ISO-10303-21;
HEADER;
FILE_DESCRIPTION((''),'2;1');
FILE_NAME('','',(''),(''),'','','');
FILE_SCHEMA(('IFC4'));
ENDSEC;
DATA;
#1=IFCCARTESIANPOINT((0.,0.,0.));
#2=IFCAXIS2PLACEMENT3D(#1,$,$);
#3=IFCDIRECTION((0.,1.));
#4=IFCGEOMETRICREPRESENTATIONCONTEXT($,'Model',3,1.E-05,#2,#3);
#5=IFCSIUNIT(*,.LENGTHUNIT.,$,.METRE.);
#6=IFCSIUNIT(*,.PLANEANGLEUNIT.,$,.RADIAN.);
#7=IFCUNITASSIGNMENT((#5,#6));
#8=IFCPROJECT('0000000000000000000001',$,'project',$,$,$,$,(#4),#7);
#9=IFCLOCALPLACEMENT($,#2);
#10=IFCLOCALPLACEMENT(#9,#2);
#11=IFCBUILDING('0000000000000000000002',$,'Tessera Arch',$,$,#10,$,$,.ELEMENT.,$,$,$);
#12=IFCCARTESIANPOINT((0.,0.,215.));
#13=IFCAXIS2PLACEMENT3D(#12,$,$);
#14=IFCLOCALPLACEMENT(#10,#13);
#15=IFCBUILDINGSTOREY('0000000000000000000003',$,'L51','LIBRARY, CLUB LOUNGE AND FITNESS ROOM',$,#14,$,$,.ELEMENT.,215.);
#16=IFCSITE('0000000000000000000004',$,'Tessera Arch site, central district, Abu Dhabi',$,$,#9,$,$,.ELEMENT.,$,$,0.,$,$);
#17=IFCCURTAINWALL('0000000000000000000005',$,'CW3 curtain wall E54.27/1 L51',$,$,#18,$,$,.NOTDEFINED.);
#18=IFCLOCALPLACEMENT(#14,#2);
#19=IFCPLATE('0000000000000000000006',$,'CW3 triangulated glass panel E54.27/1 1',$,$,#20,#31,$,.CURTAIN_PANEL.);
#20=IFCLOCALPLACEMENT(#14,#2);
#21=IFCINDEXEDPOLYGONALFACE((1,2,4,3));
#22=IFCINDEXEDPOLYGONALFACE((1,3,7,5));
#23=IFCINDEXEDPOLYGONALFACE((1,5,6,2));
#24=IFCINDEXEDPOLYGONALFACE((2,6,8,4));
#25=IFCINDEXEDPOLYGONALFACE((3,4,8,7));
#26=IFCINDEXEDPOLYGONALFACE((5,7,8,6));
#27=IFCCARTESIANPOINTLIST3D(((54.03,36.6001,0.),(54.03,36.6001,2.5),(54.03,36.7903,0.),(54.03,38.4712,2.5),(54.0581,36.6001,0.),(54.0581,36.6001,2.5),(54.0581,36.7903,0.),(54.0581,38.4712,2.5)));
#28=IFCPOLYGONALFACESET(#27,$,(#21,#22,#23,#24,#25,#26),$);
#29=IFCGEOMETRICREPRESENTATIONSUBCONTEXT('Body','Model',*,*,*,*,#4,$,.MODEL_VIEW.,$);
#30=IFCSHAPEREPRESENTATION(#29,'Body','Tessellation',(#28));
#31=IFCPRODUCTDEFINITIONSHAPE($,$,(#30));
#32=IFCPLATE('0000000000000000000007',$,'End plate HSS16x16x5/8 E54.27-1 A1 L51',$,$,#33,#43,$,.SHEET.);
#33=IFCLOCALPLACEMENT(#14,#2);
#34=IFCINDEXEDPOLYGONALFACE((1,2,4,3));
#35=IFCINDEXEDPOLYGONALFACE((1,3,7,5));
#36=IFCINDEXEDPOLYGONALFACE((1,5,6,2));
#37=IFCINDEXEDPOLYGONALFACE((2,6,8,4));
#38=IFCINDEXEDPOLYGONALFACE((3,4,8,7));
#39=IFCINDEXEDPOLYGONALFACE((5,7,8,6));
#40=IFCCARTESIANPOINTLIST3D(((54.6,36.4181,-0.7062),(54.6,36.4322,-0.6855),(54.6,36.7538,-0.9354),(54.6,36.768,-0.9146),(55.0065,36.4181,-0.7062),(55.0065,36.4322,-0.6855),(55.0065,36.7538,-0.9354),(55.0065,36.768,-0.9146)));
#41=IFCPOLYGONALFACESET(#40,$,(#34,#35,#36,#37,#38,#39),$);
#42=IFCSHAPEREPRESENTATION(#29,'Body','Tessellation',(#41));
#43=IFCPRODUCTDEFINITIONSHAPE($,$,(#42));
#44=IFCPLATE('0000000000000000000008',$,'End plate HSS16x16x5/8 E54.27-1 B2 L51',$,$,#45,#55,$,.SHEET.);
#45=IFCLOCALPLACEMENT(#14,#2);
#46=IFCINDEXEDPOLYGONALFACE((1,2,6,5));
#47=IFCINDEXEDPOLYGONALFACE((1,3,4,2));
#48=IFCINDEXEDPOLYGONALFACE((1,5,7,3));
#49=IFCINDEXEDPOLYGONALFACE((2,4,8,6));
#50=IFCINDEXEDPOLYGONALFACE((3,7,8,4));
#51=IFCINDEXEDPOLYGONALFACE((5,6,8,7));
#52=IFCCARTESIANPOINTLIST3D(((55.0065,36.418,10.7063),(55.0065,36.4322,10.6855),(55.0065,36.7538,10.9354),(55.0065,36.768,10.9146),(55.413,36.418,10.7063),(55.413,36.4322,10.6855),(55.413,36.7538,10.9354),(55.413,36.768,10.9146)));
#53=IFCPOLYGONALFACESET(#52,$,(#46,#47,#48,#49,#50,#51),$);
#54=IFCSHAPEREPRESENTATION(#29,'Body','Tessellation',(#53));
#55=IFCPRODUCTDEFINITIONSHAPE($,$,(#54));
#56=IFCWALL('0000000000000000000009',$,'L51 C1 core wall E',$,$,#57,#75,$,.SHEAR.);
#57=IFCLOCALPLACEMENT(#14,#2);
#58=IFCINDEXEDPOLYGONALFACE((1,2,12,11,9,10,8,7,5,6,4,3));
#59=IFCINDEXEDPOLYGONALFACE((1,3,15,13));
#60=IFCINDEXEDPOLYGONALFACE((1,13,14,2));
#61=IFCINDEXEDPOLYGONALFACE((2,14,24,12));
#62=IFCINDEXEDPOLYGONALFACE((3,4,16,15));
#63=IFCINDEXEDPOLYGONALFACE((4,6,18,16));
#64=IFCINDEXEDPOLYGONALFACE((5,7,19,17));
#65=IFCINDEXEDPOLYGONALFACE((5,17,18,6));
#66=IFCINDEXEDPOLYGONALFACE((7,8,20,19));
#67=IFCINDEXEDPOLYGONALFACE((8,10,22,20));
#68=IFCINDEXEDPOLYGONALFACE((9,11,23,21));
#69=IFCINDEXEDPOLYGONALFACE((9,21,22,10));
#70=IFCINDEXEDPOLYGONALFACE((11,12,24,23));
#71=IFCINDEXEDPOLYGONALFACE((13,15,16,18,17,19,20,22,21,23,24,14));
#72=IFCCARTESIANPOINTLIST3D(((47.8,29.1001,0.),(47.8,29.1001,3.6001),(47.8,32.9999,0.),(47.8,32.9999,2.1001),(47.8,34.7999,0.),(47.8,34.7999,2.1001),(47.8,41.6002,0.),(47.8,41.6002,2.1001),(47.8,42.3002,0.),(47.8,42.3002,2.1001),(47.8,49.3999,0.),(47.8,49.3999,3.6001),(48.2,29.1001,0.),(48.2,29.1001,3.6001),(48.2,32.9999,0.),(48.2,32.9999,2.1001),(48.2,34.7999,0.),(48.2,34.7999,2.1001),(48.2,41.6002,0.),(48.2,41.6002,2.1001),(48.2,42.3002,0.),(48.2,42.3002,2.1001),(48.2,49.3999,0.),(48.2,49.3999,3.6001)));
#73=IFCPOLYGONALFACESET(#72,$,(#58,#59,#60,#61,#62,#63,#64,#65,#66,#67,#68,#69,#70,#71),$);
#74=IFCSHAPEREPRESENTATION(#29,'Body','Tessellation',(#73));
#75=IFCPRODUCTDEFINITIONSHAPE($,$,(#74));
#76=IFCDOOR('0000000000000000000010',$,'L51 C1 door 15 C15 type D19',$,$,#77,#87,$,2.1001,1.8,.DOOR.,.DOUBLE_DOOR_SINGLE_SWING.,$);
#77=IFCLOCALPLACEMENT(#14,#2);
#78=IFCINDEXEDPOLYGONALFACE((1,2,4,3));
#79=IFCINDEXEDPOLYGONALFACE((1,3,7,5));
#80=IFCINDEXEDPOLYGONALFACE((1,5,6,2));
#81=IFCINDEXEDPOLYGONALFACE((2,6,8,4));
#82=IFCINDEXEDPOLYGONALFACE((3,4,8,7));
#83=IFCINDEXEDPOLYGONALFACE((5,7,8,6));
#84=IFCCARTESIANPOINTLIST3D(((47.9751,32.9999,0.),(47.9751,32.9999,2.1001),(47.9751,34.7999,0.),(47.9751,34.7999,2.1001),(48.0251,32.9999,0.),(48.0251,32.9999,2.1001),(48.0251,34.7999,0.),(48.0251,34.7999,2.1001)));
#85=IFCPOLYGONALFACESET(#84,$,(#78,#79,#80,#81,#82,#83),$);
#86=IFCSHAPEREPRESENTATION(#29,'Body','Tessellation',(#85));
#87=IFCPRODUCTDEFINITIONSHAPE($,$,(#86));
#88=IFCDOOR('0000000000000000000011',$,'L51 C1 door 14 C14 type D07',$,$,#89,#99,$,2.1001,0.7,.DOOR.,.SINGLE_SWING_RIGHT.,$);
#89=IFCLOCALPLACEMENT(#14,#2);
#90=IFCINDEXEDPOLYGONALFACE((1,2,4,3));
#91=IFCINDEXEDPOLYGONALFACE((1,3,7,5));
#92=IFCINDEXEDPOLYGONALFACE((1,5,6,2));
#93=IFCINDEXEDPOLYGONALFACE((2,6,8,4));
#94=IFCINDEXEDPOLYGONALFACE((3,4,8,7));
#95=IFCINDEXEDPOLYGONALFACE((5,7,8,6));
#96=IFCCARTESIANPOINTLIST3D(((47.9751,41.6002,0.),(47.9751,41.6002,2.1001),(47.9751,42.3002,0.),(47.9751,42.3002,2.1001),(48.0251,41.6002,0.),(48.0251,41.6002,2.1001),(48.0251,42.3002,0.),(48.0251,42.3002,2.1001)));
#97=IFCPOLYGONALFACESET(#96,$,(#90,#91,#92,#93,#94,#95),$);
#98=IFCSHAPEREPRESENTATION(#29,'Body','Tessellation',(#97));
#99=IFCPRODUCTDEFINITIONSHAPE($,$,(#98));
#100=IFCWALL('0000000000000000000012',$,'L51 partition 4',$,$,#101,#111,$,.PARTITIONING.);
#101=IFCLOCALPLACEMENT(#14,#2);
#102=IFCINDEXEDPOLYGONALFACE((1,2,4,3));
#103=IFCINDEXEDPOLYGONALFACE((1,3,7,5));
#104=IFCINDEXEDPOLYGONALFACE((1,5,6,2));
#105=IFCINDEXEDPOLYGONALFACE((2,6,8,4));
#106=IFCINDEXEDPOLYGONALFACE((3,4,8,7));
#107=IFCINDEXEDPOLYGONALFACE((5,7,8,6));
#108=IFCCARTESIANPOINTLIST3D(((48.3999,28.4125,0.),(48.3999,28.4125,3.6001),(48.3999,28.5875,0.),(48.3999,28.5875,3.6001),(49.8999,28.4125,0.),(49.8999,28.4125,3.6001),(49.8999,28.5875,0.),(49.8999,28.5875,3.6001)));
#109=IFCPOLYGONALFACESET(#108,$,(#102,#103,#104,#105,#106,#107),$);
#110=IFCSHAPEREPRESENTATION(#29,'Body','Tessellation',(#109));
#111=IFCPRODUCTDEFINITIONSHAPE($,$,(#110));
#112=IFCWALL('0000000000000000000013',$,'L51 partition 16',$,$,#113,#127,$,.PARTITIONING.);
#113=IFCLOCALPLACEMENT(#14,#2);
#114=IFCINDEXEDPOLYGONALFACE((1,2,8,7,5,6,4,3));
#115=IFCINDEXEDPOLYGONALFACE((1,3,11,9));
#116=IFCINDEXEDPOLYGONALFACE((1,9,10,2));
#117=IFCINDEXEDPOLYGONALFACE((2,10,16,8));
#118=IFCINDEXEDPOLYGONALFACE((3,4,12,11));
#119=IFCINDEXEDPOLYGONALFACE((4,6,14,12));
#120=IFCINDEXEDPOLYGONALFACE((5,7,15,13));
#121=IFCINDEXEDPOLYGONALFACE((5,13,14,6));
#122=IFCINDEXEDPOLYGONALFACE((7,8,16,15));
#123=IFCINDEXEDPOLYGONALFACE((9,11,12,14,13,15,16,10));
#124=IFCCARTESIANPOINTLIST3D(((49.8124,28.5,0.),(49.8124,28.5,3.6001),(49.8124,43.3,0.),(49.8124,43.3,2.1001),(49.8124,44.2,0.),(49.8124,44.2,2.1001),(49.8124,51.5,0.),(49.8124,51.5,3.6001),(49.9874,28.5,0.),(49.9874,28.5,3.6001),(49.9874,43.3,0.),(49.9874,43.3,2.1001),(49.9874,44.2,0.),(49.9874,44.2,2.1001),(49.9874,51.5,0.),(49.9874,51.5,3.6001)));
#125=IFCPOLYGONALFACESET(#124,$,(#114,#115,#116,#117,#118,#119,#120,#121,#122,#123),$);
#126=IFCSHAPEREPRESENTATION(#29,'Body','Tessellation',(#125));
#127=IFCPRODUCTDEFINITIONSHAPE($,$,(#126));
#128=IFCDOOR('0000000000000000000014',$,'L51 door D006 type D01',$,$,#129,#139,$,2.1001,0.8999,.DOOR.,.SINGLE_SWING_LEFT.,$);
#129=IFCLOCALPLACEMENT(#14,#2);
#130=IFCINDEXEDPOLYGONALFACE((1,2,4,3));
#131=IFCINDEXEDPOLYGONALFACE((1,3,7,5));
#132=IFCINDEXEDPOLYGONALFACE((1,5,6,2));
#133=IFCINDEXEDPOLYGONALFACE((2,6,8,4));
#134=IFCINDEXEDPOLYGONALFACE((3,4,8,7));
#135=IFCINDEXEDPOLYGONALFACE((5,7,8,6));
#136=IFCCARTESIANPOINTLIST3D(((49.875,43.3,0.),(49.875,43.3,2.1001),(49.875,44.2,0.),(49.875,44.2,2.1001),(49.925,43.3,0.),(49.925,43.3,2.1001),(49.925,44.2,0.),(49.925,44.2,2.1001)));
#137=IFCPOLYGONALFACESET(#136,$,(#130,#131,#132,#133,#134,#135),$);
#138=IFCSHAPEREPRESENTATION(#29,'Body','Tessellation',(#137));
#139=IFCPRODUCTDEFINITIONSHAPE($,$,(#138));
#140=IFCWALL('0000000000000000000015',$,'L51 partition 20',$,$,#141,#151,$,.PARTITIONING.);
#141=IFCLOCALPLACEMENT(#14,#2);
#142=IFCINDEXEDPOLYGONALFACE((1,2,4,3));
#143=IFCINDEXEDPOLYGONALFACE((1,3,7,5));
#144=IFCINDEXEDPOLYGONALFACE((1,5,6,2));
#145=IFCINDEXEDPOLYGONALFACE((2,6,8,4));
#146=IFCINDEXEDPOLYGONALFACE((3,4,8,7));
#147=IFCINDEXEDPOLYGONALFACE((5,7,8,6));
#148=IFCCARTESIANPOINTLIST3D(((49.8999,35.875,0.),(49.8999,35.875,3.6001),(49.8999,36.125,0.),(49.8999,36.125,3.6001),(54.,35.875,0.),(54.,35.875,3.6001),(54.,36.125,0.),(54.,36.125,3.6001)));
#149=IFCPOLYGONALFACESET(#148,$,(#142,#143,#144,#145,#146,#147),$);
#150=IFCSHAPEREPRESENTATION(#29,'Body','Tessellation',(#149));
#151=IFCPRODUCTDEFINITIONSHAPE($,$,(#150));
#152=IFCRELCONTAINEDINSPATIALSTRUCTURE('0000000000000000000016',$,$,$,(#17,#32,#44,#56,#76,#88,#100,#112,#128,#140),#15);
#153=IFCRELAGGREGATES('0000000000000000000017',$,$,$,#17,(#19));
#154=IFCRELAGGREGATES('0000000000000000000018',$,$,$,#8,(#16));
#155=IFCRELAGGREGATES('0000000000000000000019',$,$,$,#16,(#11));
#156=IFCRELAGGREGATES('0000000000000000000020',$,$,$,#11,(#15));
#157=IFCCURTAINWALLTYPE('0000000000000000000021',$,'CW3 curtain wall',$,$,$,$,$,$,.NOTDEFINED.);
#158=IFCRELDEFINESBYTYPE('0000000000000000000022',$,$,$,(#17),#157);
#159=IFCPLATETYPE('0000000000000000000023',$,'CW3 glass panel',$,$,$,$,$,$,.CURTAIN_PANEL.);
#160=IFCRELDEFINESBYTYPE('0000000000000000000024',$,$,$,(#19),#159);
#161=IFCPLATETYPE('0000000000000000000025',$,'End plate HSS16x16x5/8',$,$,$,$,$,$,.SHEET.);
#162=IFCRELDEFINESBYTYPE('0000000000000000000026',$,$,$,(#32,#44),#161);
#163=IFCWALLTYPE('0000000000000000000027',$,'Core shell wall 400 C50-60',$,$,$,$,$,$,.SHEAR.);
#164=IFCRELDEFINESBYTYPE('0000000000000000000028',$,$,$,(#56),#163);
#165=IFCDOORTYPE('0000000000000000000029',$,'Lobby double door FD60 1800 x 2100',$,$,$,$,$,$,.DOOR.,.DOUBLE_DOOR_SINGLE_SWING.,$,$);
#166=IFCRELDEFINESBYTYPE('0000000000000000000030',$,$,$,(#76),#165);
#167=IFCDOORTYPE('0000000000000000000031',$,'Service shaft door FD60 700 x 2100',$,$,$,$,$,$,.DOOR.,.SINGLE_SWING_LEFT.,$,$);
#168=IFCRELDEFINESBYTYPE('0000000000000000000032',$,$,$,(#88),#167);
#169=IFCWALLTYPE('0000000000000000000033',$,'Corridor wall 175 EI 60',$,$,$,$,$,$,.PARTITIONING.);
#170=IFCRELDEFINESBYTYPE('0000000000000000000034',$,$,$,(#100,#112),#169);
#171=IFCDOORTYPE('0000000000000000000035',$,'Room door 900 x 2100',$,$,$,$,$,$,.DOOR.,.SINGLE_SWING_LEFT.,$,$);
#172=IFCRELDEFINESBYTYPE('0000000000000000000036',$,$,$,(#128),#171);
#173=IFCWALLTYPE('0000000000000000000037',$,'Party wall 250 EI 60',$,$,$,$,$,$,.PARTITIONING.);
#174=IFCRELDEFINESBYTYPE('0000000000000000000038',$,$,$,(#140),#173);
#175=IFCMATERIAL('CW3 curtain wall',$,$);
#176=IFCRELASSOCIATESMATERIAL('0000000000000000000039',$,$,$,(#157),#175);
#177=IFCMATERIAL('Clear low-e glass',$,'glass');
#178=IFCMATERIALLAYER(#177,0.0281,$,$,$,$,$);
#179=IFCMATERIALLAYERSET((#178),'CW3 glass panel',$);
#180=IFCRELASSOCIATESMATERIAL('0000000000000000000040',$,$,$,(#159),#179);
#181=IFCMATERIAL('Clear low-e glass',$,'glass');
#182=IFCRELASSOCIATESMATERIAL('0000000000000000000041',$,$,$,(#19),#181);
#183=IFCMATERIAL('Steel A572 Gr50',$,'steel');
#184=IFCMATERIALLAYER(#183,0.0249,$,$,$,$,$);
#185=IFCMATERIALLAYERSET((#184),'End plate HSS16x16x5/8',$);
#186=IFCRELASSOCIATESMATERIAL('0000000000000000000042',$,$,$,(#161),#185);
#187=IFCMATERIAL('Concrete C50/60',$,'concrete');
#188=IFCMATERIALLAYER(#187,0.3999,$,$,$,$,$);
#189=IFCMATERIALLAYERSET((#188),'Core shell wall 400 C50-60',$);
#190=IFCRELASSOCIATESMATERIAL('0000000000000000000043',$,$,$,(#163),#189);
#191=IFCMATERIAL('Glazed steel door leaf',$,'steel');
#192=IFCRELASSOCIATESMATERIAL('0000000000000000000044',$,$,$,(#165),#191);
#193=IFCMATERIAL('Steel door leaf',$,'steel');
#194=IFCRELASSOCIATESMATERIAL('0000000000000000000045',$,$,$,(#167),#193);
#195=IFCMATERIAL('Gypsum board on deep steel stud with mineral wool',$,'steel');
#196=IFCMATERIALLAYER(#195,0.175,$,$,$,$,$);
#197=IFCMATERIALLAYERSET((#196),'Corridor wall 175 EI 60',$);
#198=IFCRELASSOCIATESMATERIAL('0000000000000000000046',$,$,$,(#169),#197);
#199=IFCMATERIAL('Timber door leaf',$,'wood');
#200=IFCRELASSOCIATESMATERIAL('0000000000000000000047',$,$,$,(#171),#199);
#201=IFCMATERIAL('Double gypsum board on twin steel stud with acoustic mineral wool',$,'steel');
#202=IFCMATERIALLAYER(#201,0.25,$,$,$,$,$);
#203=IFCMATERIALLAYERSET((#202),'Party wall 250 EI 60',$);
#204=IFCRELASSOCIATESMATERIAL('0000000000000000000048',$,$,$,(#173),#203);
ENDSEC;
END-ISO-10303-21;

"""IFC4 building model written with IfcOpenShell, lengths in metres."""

from ifc_helpers import new_model, si_unit, direction, frame, frame_2d, origin, origin_2d, place, context, subcontext, project, spatial, polyline, rectangle, outline, extrude, material, layer, layer_set, type_object, element, fill, aggregate, save


model = new_model("IFC4")

# Units and contexts
model_context = context("Model", 3, precision=1e-05, world=origin(), true_north=direction((0.0, 1.0)))
body_context = subcontext(model_context, "Body", "Model", "MODEL_VIEW")
ifc_project = project(units=[si_unit("LENGTHUNIT", "METRE"), si_unit("PLANEANGLEUNIT", "RADIAN")], contexts=[model_context])

# Site, building, storey
site_placement = place(None, origin())
site = spatial("IfcSite", under=ifc_project, at=site_placement, Name="Tessera Arch site, central district, Abu Dhabi", CompositionType="ELEMENT", RefElevation=0.0)
building_placement = place(site_placement, origin())
building = spatial("IfcBuilding", under=site, at=building_placement, Name="Tessera Arch", CompositionType="ELEMENT")
storey_placement = place(building_placement, frame((0.0, 0.0, 215.0)))
storey = spatial("IfcBuildingStorey", under=building, at=storey_placement, Name="L51", Description="LIBRARY, CLUB LOUNGE AND FITNESS ROOM", CompositionType="ELEMENT", Elevation=215.0)

# Curtain wall
ifc_material_1 = material(Name="CW3 curtain wall")
curtain_wall_type_1 = type_object("IfcCurtainWallType", Name="CW3 curtain wall", PredefinedType="NOTDEFINED", material=ifc_material_1)
curtain_wall_1_placement = place(storey_placement, origin())
curtain_wall_1 = element("IfcCurtainWall", 1, at=curtain_wall_1_placement, inside=storey, type_object=curtain_wall_type_1, Name="CW3 curtain wall E54.27/1 L51", PredefinedType="NOTDEFINED")

# Plate
ifc_material_2 = material(Name="Clear low-e glass", Category="glass")
ifc_material_3 = material(Name="Clear low-e glass", Category="glass")
ifc_layer_1 = layer(ifc_material_3, 0.0281)
ifc_layer_set_1 = layer_set([ifc_layer_1], Name="CW3 glass panel")
plate_type_1 = type_object("IfcPlateType", Name="CW3 glass panel", PredefinedType="CURTAIN_PANEL", material=ifc_layer_set_1)
plate_1_placement = place(storey_placement, frame((54.0581, 36.6001, 0.0), z_axis=(1.0, 0.0, 0.0), x_axis=(0.0, 1.0, 0.0)))
plate_1 = element("IfcPlate", 2, at=plate_1_placement, type_object=plate_type_1, material=ifc_material_2, Name="CW3 triangulated glass panel E54.27/1 1", PredefinedType="CURTAIN_PANEL", context=body_context, shape_type="SweptSolid", body=[
    extrude(outline(polyline([(0.0, 0.0), (0.1902, 0.0), (1.8711, 2.5), (0.0, 2.5), (0.0, 0.0)])), origin(), (0.0, 0.0, -1.0), 0.0281),
])
aggregate(curtain_wall_1, [plate_1])

# Plates
ifc_material_4 = material(Name="Steel A572 Gr50", Category="steel")
ifc_layer_2 = layer(ifc_material_4, 0.0249)
ifc_layer_set_2 = layer_set([ifc_layer_2], Name="End plate HSS16x16x5/8")
plate_type_2 = type_object("IfcPlateType", Name="End plate HSS16x16x5/8", PredefinedType="SHEET", material=ifc_layer_set_2)
for number, where, z_axis, x_axis, name in (
    (3, (54.8032, 36.5859, -0.8208), (0.0, 0.563638, 0.826022), (-1.0, 0.0, 0.0), "End plate HSS16x16x5/8 E54.27-1 A1 L51"),
    (4, (55.2097, 36.6001, 10.8), (0.0, -0.563638, 0.826022), (1.0, 0.0, 0.0), "End plate HSS16x16x5/8 E54.27-1 B2 L51"),
):
    element("IfcPlate", number, at=place(storey_placement, frame(where, z_axis=z_axis, x_axis=x_axis)), inside=storey, type_object=plate_type_2, Name=name, PredefinedType="SHEET", context=body_context, shape_type="SweptSolid", body=[
        extrude(rectangle(XDim=0.4065, YDim=0.4065, at=origin_2d()), origin(), (0.0, 0.0, 1.0), 0.0251),
    ])

# Wall, openings, doors
ifc_material_5 = material(Name="Concrete C50/60", Category="concrete")
ifc_layer_3 = layer(ifc_material_5, 0.3999)
ifc_layer_set_3 = layer_set([ifc_layer_3], Name="Core shell wall 400 C50-60")
wall_type_1 = type_object("IfcWallType", Name="Core shell wall 400 C50-60", PredefinedType="SHEAR", material=ifc_layer_set_3)
wall_1_placement = place(storey_placement, frame((48.0, 29.1001, 0.0), z_axis=(0.0, 0.0, 1.0), x_axis=(0.0, 1.0, 0.0)))
wall_1 = element("IfcWall", 5, at=wall_1_placement, inside=storey, type_object=wall_type_1, Name="L51 C1 core wall E", PredefinedType="SHEAR", context=body_context, shape_type="SweptSolid", body=[
    extrude(rectangle(XDim=20.2998, YDim=0.3999, at=frame_2d((10.1499, 0.0))), origin(), (0.0, 0.0, 1.0), 3.6001),
])
opening_1_placement = place(wall_1_placement, frame((12.5, 0.0, 0.0)))
opening_1 = element("IfcOpeningElement", 6, at=opening_1_placement, cuts=wall_1, PredefinedType="OPENING", context=body_context, shape_type="SweptSolid", body=[
    extrude(rectangle(XDim=0.7, YDim=2.1001, at=frame_2d((0.3501, 1.05))), frame((0.0, 0.21, 0.0), z_axis=(0.0, -1.0, 0.0), x_axis=(1.0, 0.0, 0.0)), (0.0, 0.0, 1.0), 0.4199),
])
opening_2_placement = place(wall_1_placement, frame((3.8999, 0.0, 0.0)))
opening_2 = element("IfcOpeningElement", 7, at=opening_2_placement, cuts=wall_1, PredefinedType="OPENING", context=body_context, shape_type="SweptSolid", body=[
    extrude(rectangle(XDim=1.8, YDim=2.1001, at=frame_2d((0.8999, 1.05))), frame((0.0, 0.21, 0.0), z_axis=(0.0, -1.0, 0.0), x_axis=(1.0, 0.0, 0.0)), (0.0, 0.0, 1.0), 0.4199),
])
ifc_material_6 = material(Name="Glazed steel door leaf", Category="steel")
door_type_1 = type_object("IfcDoorType", Name="Lobby double door FD60 1800 x 2100", OperationType="DOUBLE_DOOR_SINGLE_SWING", PredefinedType="DOOR", material=ifc_material_6)
door_1_placement = place(opening_2_placement, origin())
door_1 = element("IfcDoor", 8, at=door_1_placement, inside=storey, type_object=door_type_1, Name="L51 C1 door 15 C15 type D19", OperationType="DOUBLE_DOOR_SINGLE_SWING", OverallHeight=2.1001, OverallWidth=1.8, PredefinedType="DOOR", context=body_context, shape_type="SweptSolid", body=[
    extrude(rectangle(XDim=1.8, YDim=2.1001, at=frame_2d((0.8999, 1.05))), frame((0.0, 0.0249, 0.0), z_axis=(0.0, -1.0, 0.0), x_axis=(1.0, 0.0, 0.0)), (0.0, 0.0, 1.0), 0.05),
])
fill(opening_2, door_1)
ifc_material_7 = material(Name="Steel door leaf", Category="steel")
door_type_2 = type_object("IfcDoorType", Name="Service shaft door FD60 700 x 2100", OperationType="SINGLE_SWING_LEFT", PredefinedType="DOOR", material=ifc_material_7)
door_2_placement = place(opening_1_placement, origin())
door_2 = element("IfcDoor", 9, at=door_2_placement, inside=storey, type_object=door_type_2, Name="L51 C1 door 14 C14 type D07", OperationType="SINGLE_SWING_RIGHT", OverallHeight=2.1001, OverallWidth=0.7, PredefinedType="DOOR", context=body_context, shape_type="SweptSolid", body=[
    extrude(rectangle(XDim=0.7, YDim=2.1001, at=frame_2d((0.3501, 1.05))), frame((0.0, 0.0249, 0.0), z_axis=(0.0, -1.0, 0.0), x_axis=(1.0, 0.0, 0.0)), (0.0, 0.0, 1.0), 0.05),
])
fill(opening_1, door_2)

# Wall
ifc_material_8 = material(Name="Gypsum board on deep steel stud with mineral wool", Category="steel")
ifc_layer_4 = layer(ifc_material_8, 0.175)
ifc_layer_set_4 = layer_set([ifc_layer_4], Name="Corridor wall 175 EI 60")
wall_type_2 = type_object("IfcWallType", Name="Corridor wall 175 EI 60", PredefinedType="PARTITIONING", material=ifc_layer_set_4)
wall_2_placement = place(storey_placement, frame((48.3999, 28.5, 0.0), z_axis=(0.0, 0.0, 1.0), x_axis=(1.0, 0.0, 0.0)))
element("IfcWall", 10, at=wall_2_placement, inside=storey, type_object=wall_type_2, Name="L51 partition 4", PredefinedType="PARTITIONING", context=body_context, shape_type="SweptSolid", body=[
    extrude(rectangle(XDim=1.5, YDim=0.175, at=frame_2d((0.75, 0.0))), origin(), (0.0, 0.0, 1.0), 3.6001),
])

# Wall, opening, door
wall_3_placement = place(storey_placement, frame((49.8999, 28.5, 0.0), z_axis=(0.0, 0.0, 1.0), x_axis=(0.0, 1.0, 0.0)))
wall_3 = element("IfcWall", 11, at=wall_3_placement, inside=storey, type_object=wall_type_2, Name="L51 partition 16", PredefinedType="PARTITIONING", context=body_context, shape_type="SweptSolid", body=[
    extrude(rectangle(XDim=23.0, YDim=0.175, at=frame_2d((11.5, 0.0))), origin(), (0.0, 0.0, 1.0), 3.6001),
])
opening_3_placement = place(wall_3_placement, frame((14.8, 0.0, 0.0)))
opening_3 = element("IfcOpeningElement", 12, at=opening_3_placement, cuts=wall_3, PredefinedType="OPENING", context=body_context, shape_type="SweptSolid", body=[
    extrude(rectangle(XDim=0.8999, YDim=2.1001, at=frame_2d((0.45, 1.05))), frame((0.0, 0.0974, 0.0), z_axis=(0.0, -1.0, 0.0), x_axis=(1.0, 0.0, 0.0)), (0.0, 0.0, 1.0), 0.1951),
])
ifc_material_9 = material(Name="Timber door leaf", Category="wood")
door_type_3 = type_object("IfcDoorType", Name="Room door 900 x 2100", OperationType="SINGLE_SWING_LEFT", PredefinedType="DOOR", material=ifc_material_9)
door_3_placement = place(opening_3_placement, origin())
door_3 = element("IfcDoor", 13, at=door_3_placement, inside=storey, type_object=door_type_3, Name="L51 door D006 type D01", OperationType="SINGLE_SWING_LEFT", OverallHeight=2.1001, OverallWidth=0.8999, PredefinedType="DOOR", context=body_context, shape_type="SweptSolid", body=[
    extrude(rectangle(XDim=0.8999, YDim=2.1001, at=frame_2d((0.45, 1.05))), frame((0.0, 0.0249, 0.0), z_axis=(0.0, -1.0, 0.0), x_axis=(1.0, 0.0, 0.0)), (0.0, 0.0, 1.0), 0.05),
])
fill(opening_3, door_3)

# Wall
ifc_material_10 = material(Name="Double gypsum board on twin steel stud with acoustic mineral wool", Category="steel")
ifc_layer_5 = layer(ifc_material_10, 0.25)
ifc_layer_set_5 = layer_set([ifc_layer_5], Name="Party wall 250 EI 60")
wall_type_3 = type_object("IfcWallType", Name="Party wall 250 EI 60", PredefinedType="PARTITIONING", material=ifc_layer_set_5)
wall_4_placement = place(storey_placement, frame((49.8999, 36.0, 0.0), z_axis=(0.0, 0.0, 1.0), x_axis=(1.0, 0.0, 0.0)))
element("IfcWall", 14, at=wall_4_placement, inside=storey, type_object=wall_type_3, Name="L51 partition 20", PredefinedType="PARTITIONING", context=body_context, shape_type="SweptSolid", body=[
    extrude(rectangle(XDim=4.1001, YDim=0.25, at=frame_2d((2.05, 0.0))), origin(), (0.0, 0.0, 1.0), 3.6001),
])

save(model, "model.ifc")
